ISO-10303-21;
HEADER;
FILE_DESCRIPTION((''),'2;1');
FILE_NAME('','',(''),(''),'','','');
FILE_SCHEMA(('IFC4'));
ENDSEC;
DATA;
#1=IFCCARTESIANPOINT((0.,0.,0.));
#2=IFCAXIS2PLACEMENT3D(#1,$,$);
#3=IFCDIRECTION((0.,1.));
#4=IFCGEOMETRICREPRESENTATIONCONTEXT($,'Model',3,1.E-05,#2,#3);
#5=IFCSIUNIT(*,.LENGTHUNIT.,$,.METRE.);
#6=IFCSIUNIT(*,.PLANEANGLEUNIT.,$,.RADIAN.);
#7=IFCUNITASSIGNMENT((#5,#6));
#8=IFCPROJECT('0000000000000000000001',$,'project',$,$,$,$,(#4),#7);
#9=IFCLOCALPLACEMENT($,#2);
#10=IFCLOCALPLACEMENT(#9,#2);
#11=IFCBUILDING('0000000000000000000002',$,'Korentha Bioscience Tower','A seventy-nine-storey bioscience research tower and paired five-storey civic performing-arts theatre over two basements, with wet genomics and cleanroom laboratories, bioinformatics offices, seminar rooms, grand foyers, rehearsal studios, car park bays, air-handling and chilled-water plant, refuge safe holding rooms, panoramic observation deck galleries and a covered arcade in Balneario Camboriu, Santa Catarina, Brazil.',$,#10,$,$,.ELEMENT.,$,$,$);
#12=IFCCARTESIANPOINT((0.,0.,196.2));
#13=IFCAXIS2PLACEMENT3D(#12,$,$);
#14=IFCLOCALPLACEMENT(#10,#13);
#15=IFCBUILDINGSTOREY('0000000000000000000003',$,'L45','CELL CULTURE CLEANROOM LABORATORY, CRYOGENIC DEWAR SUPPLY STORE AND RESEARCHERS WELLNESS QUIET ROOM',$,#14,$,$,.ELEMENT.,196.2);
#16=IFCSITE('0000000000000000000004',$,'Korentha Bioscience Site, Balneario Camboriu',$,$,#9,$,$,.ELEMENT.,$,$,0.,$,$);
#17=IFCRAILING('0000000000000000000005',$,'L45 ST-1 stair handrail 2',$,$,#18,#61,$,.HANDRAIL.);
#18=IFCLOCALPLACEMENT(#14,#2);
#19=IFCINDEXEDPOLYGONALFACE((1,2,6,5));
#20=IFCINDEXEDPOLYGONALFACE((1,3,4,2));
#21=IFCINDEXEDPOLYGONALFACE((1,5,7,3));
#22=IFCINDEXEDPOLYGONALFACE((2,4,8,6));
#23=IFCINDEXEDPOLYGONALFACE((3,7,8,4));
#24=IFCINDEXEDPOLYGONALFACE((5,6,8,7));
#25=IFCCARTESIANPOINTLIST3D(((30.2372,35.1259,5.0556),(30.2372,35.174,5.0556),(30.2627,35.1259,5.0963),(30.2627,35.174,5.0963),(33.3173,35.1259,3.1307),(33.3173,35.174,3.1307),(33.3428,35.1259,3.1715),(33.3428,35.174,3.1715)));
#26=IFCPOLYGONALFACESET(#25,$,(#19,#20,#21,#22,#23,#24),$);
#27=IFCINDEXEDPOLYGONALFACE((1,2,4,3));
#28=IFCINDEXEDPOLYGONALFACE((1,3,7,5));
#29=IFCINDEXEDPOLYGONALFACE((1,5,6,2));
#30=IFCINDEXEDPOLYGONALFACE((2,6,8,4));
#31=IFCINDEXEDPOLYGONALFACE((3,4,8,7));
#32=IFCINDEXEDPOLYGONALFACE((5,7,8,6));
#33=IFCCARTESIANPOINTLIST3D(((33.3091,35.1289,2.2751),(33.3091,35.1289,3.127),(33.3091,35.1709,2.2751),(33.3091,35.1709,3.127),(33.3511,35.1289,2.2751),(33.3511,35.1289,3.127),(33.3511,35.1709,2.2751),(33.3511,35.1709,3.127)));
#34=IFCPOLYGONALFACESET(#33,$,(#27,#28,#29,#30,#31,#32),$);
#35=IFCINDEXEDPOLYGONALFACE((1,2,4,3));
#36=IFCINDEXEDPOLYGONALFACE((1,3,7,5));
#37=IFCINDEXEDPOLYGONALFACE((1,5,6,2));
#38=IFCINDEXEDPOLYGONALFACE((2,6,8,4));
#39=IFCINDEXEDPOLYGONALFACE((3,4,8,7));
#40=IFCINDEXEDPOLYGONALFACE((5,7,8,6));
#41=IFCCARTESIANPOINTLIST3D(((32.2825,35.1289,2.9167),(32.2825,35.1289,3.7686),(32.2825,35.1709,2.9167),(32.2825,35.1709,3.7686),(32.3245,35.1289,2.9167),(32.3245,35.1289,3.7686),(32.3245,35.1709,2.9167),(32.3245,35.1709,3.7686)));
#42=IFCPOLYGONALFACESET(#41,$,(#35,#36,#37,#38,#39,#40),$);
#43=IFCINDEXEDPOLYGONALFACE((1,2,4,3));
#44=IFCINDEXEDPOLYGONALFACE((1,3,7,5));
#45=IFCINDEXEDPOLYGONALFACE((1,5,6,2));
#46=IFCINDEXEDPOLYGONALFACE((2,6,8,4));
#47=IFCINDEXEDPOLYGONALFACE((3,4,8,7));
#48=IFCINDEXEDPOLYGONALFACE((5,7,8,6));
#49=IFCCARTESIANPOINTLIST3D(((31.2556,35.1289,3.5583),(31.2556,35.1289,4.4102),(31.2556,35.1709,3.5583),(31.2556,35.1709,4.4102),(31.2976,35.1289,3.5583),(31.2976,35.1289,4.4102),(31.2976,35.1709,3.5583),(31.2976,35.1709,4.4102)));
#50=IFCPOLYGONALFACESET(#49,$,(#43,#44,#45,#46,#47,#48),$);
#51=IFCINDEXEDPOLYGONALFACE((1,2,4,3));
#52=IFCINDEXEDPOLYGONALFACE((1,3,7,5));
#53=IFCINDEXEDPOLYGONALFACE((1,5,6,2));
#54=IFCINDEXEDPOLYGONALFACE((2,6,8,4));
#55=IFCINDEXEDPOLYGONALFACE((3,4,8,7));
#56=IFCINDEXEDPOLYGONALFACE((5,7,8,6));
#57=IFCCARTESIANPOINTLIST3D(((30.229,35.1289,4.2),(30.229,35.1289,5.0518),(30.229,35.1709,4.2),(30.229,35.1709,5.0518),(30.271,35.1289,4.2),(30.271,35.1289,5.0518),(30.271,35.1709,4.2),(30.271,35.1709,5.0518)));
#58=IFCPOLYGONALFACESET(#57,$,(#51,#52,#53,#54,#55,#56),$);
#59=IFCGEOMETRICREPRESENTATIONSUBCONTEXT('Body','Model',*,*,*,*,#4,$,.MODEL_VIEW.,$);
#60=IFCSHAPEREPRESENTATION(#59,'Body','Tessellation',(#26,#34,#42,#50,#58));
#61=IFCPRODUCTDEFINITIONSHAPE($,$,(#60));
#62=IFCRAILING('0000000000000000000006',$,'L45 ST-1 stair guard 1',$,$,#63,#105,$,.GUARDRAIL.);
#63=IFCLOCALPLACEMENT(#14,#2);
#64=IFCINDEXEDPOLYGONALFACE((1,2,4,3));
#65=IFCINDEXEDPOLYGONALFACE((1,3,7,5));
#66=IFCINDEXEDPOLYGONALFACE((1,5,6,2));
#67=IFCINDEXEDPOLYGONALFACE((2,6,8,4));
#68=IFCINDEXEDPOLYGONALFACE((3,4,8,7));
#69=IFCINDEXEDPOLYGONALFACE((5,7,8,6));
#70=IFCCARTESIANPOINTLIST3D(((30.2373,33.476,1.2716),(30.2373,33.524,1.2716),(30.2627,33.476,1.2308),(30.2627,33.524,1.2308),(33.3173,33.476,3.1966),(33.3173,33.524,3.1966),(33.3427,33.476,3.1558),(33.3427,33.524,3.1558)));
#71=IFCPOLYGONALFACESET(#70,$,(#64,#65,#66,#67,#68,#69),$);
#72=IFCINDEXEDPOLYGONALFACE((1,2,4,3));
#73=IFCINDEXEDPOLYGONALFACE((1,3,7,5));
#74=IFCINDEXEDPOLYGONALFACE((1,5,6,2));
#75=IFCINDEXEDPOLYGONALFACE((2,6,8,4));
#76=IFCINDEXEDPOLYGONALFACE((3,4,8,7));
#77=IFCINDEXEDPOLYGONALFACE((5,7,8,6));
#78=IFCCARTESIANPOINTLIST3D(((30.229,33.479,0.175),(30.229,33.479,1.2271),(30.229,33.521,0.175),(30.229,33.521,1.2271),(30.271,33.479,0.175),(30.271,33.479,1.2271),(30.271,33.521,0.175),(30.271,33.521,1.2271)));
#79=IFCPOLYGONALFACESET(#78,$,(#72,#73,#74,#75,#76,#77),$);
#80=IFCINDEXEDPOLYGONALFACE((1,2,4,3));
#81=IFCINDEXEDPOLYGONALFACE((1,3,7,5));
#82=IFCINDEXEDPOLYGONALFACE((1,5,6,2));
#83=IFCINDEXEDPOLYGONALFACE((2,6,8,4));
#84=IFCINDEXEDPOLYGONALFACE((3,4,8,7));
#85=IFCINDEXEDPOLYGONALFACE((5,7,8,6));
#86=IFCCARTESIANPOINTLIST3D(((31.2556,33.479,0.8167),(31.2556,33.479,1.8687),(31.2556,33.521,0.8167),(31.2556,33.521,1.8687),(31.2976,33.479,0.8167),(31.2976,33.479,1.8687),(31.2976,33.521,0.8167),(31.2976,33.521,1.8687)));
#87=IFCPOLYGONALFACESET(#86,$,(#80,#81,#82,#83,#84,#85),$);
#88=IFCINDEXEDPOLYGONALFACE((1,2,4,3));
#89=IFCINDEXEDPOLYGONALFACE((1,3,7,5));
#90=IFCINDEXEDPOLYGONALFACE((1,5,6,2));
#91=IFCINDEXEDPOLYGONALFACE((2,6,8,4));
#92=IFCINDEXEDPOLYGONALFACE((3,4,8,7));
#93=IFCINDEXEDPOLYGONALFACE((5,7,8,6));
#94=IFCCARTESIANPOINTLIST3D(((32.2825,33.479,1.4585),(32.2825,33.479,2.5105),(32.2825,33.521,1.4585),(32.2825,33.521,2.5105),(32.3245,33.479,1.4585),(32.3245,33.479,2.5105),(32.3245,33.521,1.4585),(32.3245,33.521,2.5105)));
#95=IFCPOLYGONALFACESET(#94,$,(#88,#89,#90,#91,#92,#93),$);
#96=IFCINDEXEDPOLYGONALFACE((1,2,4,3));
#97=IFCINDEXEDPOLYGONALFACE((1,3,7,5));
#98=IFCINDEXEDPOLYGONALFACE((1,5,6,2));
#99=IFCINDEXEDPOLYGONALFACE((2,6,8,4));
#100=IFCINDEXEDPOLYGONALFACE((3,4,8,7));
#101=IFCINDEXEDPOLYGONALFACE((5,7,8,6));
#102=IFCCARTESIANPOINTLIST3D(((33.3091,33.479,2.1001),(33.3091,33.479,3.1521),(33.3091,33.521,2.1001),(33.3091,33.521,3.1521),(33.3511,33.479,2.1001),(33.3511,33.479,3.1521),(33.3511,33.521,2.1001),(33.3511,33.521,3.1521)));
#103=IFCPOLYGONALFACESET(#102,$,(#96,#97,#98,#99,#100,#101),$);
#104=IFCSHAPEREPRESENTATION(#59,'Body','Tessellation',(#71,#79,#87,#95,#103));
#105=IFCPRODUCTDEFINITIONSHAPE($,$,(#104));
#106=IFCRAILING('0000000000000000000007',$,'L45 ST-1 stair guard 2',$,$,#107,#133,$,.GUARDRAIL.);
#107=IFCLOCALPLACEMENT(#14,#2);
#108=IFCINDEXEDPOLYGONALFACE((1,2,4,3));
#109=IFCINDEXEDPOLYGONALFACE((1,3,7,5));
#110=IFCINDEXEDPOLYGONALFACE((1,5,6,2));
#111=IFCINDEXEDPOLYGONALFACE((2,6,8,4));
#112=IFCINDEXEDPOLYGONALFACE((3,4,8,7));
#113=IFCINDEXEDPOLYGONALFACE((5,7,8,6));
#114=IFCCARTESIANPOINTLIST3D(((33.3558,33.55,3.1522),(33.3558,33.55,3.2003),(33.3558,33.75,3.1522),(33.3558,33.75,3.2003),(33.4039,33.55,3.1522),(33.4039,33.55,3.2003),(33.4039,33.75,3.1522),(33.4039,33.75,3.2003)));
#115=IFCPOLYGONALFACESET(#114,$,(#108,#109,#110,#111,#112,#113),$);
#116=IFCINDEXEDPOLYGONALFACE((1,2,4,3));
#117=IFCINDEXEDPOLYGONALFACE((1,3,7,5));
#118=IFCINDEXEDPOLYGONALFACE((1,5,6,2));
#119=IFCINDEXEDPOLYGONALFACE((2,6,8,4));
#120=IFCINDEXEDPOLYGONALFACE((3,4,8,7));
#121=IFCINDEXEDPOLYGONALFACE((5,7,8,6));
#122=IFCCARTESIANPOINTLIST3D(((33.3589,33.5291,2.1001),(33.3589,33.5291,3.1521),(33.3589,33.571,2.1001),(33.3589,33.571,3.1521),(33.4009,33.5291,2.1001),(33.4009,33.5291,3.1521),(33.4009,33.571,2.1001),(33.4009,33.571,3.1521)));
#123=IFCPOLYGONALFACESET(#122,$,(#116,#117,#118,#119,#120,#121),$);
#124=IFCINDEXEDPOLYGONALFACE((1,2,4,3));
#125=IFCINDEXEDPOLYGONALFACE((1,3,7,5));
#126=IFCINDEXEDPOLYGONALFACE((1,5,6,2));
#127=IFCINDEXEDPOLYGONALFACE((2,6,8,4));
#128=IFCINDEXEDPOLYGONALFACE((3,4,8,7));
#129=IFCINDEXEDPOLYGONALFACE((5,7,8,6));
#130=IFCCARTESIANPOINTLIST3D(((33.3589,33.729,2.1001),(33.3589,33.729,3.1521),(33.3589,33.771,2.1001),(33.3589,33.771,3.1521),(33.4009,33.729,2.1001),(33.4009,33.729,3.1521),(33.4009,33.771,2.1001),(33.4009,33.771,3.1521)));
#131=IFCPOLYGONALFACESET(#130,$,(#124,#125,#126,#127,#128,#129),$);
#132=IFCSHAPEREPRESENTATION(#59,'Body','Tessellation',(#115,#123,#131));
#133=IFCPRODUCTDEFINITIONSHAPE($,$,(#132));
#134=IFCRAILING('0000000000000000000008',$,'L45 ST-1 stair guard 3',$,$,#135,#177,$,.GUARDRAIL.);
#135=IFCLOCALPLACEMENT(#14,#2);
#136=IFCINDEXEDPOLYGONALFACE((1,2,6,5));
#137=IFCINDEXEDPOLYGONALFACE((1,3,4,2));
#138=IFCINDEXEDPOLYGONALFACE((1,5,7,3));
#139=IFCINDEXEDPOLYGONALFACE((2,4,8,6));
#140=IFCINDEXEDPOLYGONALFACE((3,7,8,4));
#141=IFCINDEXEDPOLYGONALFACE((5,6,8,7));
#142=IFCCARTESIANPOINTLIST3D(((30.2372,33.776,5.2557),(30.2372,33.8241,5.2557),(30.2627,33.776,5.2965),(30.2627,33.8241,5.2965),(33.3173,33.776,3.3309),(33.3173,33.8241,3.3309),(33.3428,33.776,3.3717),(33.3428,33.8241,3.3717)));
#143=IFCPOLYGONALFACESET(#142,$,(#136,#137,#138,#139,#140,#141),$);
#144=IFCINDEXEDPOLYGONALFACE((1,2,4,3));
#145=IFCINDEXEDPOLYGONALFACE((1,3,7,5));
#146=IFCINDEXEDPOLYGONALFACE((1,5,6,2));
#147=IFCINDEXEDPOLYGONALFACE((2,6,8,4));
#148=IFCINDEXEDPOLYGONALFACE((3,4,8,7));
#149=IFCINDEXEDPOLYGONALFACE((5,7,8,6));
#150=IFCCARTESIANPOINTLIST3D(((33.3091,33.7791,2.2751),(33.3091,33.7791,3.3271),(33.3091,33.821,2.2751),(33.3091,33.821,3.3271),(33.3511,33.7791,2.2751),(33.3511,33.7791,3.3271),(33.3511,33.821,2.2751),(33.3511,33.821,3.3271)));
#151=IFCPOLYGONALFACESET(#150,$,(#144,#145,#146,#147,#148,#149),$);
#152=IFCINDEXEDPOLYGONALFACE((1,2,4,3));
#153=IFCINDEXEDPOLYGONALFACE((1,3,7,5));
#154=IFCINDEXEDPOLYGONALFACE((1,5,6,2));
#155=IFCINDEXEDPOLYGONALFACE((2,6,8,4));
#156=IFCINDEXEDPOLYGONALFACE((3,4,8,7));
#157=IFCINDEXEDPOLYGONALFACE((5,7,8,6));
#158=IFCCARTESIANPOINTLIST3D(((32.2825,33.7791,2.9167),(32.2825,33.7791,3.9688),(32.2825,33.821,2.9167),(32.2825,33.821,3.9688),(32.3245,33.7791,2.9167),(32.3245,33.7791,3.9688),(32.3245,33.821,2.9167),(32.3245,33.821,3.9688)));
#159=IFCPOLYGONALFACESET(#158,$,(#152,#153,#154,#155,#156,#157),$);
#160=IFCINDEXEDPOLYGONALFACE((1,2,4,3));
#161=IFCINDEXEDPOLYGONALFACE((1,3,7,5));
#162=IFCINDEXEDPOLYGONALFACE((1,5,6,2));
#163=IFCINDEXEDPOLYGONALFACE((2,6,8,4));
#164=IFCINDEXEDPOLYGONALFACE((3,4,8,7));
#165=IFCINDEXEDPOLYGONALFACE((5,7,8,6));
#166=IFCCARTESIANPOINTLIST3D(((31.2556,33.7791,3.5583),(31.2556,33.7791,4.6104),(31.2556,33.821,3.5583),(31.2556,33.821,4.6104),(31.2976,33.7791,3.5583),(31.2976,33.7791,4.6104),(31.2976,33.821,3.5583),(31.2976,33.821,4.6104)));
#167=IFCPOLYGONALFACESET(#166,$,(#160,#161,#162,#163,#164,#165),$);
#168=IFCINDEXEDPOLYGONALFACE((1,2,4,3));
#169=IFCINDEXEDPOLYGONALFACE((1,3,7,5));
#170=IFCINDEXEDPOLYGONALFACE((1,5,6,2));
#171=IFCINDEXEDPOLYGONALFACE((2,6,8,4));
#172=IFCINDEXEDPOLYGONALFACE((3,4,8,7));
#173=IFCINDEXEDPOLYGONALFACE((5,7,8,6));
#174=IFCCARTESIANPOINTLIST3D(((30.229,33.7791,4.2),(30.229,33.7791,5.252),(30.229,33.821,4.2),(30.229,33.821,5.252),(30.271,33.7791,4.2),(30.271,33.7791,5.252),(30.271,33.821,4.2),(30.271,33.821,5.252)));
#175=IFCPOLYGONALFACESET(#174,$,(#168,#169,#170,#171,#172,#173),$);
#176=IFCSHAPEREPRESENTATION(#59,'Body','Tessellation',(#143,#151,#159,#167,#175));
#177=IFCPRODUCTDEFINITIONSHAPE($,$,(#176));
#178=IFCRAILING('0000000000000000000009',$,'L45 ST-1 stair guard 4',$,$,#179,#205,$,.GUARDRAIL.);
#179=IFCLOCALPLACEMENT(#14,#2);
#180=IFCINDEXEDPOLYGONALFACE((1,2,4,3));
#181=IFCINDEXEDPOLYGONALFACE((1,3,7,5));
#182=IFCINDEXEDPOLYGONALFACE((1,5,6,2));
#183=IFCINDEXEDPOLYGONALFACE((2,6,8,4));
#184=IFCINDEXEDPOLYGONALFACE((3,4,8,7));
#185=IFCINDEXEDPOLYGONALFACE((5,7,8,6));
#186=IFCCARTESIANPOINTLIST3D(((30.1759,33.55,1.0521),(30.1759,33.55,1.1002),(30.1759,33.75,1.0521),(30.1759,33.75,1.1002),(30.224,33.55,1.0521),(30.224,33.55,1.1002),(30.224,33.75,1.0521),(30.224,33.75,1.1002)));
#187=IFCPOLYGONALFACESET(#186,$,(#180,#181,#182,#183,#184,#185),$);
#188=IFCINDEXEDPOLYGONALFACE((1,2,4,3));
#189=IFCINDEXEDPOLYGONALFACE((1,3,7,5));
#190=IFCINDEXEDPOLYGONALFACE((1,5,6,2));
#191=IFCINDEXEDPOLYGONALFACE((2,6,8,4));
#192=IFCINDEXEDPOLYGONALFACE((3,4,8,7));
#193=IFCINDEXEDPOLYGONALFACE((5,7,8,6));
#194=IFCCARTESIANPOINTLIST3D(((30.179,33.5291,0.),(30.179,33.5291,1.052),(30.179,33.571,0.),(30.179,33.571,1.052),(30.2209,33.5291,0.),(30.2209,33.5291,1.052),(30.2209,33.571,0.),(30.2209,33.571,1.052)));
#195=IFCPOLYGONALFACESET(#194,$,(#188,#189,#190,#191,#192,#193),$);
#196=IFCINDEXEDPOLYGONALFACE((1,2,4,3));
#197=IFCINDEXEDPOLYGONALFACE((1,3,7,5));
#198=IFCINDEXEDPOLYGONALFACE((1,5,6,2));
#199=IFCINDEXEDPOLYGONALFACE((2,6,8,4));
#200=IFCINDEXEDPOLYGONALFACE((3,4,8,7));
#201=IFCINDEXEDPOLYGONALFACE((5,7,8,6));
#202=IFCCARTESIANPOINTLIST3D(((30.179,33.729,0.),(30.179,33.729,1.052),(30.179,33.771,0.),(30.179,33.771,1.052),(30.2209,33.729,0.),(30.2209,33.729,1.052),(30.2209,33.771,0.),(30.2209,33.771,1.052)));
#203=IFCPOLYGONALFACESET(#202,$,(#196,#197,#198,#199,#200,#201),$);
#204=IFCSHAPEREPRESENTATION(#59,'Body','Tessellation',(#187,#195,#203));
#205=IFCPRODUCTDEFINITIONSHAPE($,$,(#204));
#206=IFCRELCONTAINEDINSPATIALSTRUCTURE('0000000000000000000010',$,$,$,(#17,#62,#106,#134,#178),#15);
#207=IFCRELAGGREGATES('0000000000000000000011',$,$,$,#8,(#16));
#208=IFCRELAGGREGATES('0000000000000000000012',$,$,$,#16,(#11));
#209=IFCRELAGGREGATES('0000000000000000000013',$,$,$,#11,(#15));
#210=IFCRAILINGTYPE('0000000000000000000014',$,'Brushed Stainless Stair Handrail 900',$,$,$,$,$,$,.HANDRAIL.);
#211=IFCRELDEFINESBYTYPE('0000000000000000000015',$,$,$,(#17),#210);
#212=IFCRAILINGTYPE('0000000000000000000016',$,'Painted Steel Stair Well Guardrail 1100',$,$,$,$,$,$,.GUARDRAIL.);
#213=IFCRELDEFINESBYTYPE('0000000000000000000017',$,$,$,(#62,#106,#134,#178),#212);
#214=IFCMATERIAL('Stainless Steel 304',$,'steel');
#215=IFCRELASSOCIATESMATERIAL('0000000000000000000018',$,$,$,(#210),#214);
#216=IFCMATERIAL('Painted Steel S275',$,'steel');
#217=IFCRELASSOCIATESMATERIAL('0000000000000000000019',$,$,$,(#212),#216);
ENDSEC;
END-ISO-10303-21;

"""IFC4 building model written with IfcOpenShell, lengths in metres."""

from ifc_helpers import new_model, si_unit, direction, frame, origin, origin_2d, place, context, subcontext, project, spatial, rectangle, extrude, material, type_object, element, save


model = new_model("IFC4")

# Units and contexts
model_context = context("Model", 3, precision=1e-05, world=origin(), true_north=direction((0.0, 1.0)))
body_context = subcontext(model_context, "Body", "Model", "MODEL_VIEW")
ifc_project = project(units=[si_unit("LENGTHUNIT", "METRE"), si_unit("PLANEANGLEUNIT", "RADIAN")], contexts=[model_context])

# Site, building, storey
site_placement = place(None, origin())
site = spatial("IfcSite", under=ifc_project, at=site_placement, Name="Korentha Bioscience Site, Balneario Camboriu", CompositionType="ELEMENT", RefElevation=0.0)
building_placement = place(site_placement, origin())
building = spatial("IfcBuilding", under=site, at=building_placement, Name="Korentha Bioscience Tower", Description="A seventy-nine-storey bioscience research tower and paired five-storey civic performing-arts theatre over two basements, with wet genomics and cleanroom laboratories, bioinformatics offices, seminar rooms, grand foyers, rehearsal studios, car park bays, air-handling and chilled-water plant, refuge safe holding rooms, panoramic observation deck galleries and a covered arcade in Balneario Camboriu, Santa Catarina, Brazil.", CompositionType="ELEMENT")
storey_placement = place(building_placement, frame((0.0, 0.0, 196.2)))
storey = spatial("IfcBuildingStorey", under=building, at=storey_placement, Name="L45", Description="CELL CULTURE CLEANROOM LABORATORY, CRYOGENIC DEWAR SUPPLY STORE AND RESEARCHERS WELLNESS QUIET ROOM", CompositionType="ELEMENT", Elevation=196.2)

# Railings
ifc_material_1 = material(Name="Stainless Steel 304", Category="steel")
railing_type_1 = type_object("IfcRailingType", Name="Brushed Stainless Stair Handrail 900", PredefinedType="HANDRAIL", material=ifc_material_1)
railing_1_placement = place(storey_placement, frame((33.3301, 35.1499, 2.2751)))
element("IfcRailing", 1, at=railing_1_placement, inside=storey, type_object=railing_type_1, Name="L45 ST-1 stair handrail 2", PredefinedType="HANDRAIL", context=body_context, shape_type="SweptSolid", body=[
    extrude(rectangle(XDim=0.0481, YDim=0.0481, at=origin_2d()), frame((0.0, 0.0, 0.876), z_axis=(-0.848029, 0.0, 0.529951), x_axis=(0.0, -1.0, 0.0)), (0.0, 0.0, 1.0), 3.6321),
    extrude(rectangle(XDim=0.042, YDim=0.042, at=origin_2d()), origin(), (0.0, 0.0, 1.0), 0.8518),
    extrude(rectangle(XDim=0.042, YDim=0.042, at=origin_2d()), frame((-1.0266, 0.0, 0.6416)), (0.0, 0.0, 1.0), 0.8518),
    extrude(rectangle(XDim=0.042, YDim=0.042, at=origin_2d()), frame((-2.0535, 0.0, 1.2832)), (0.0, 0.0, 1.0), 0.8518),
    extrude(rectangle(XDim=0.042, YDim=0.042, at=origin_2d()), frame((-3.0801, 0.0, 1.9248)), (0.0, 0.0, 1.0), 0.8518),
])
ifc_material_2 = material(Name="Painted Steel S275", Category="steel")
railing_type_2 = type_object("IfcRailingType", Name="Painted Steel Stair Well Guardrail 1100", PredefinedType="GUARDRAIL", material=ifc_material_2)
railing_2_placement = place(storey_placement, frame((30.25, 33.5, 0.175)))
element("IfcRailing", 2, at=railing_2_placement, inside=storey, type_object=railing_type_2, Name="L45 ST-1 stair guard 1", PredefinedType="GUARDRAIL", context=body_context, shape_type="SweptSolid", body=[
    extrude(rectangle(XDim=0.0481, YDim=0.0481, at=origin_2d()), frame((0.0, 0.0, 1.0762), z_axis=(0.847998, 0.0, 0.529999), x_axis=(0.0, 1.0, 0.0)), (0.0, 0.0, 1.0), 3.6321),
    extrude(rectangle(XDim=0.042, YDim=0.042, at=origin_2d()), origin(), (0.0, 0.0, 1.0), 1.052),
    extrude(rectangle(XDim=0.042, YDim=0.042, at=origin_2d()), frame((1.0266, 0.0, 0.6416)), (0.0, 0.0, 1.0), 1.052),
    extrude(rectangle(XDim=0.042, YDim=0.042, at=origin_2d()), frame((2.0535, 0.0, 1.2834)), (0.0, 0.0, 1.0), 1.052),
    extrude(rectangle(XDim=0.042, YDim=0.042, at=origin_2d()), frame((3.0801, 0.0, 1.925)), (0.0, 0.0, 1.0), 1.052),
])
railing_3_placement = place(storey_placement, frame((33.3799, 33.55, 2.1001)))
element("IfcRailing", 3, at=railing_3_placement, inside=storey, type_object=railing_type_2, Name="L45 ST-1 stair guard 2", PredefinedType="GUARDRAIL", context=body_context, shape_type="SweptSolid", body=[
    extrude(rectangle(XDim=0.0481, YDim=0.0481, at=origin_2d()), frame((0.0, 0.0, 1.0762), z_axis=(0.0, 1.0, 0.0), x_axis=(-1.0, 0.0, 0.0)), (0.0, 0.0, 1.0), 0.2),
    extrude(rectangle(XDim=0.042, YDim=0.042, at=origin_2d()), origin(), (0.0, 0.0, 1.0), 1.052),
    extrude(rectangle(XDim=0.042, YDim=0.042, at=origin_2d()), frame((0.0, 0.2, 0.0)), (0.0, 0.0, 1.0), 1.052),
])
railing_4_placement = place(storey_placement, frame((33.3301, 33.8, 2.2751)))
element("IfcRailing", 4, at=railing_4_placement, inside=storey, type_object=railing_type_2, Name="L45 ST-1 stair guard 3", PredefinedType="GUARDRAIL", context=body_context, shape_type="SweptSolid", body=[
    extrude(rectangle(XDim=0.0481, YDim=0.0481, at=origin_2d()), frame((0.0, 0.0, 1.0762), z_axis=(-0.848029, 0.0, 0.529951), x_axis=(0.0, -1.0, 0.0)), (0.0, 0.0, 1.0), 3.6321),
    extrude(rectangle(XDim=0.042, YDim=0.042, at=origin_2d()), origin(), (0.0, 0.0, 1.0), 1.052),
    extrude(rectangle(XDim=0.042, YDim=0.042, at=origin_2d()), frame((-1.0266, 0.0, 0.6416)), (0.0, 0.0, 1.0), 1.052),
    extrude(rectangle(XDim=0.042, YDim=0.042, at=origin_2d()), frame((-2.0535, 0.0, 1.2832)), (0.0, 0.0, 1.0), 1.052),
    extrude(rectangle(XDim=0.042, YDim=0.042, at=origin_2d()), frame((-3.0801, 0.0, 1.9248)), (0.0, 0.0, 1.0), 1.052),
])
railing_5_placement = place(storey_placement, frame((30.2, 33.55, 0.0)))
element("IfcRailing", 5, at=railing_5_placement, inside=storey, type_object=railing_type_2, Name="L45 ST-1 stair guard 4", PredefinedType="GUARDRAIL", context=body_context, shape_type="SweptSolid", body=[
    extrude(rectangle(XDim=0.0481, YDim=0.0481, at=origin_2d()), frame((0.0, 0.0, 1.0762), z_axis=(0.0, 1.0, 0.0), x_axis=(-1.0, 0.0, 0.0)), (0.0, 0.0, 1.0), 0.2),
    extrude(rectangle(XDim=0.042, YDim=0.042, at=origin_2d()), origin(), (0.0, 0.0, 1.0), 1.052),
    extrude(rectangle(XDim=0.042, YDim=0.042, at=origin_2d()), frame((0.0, 0.2, 0.0)), (0.0, 0.0, 1.0), 1.052),
])

save(model, "model.ifc")
